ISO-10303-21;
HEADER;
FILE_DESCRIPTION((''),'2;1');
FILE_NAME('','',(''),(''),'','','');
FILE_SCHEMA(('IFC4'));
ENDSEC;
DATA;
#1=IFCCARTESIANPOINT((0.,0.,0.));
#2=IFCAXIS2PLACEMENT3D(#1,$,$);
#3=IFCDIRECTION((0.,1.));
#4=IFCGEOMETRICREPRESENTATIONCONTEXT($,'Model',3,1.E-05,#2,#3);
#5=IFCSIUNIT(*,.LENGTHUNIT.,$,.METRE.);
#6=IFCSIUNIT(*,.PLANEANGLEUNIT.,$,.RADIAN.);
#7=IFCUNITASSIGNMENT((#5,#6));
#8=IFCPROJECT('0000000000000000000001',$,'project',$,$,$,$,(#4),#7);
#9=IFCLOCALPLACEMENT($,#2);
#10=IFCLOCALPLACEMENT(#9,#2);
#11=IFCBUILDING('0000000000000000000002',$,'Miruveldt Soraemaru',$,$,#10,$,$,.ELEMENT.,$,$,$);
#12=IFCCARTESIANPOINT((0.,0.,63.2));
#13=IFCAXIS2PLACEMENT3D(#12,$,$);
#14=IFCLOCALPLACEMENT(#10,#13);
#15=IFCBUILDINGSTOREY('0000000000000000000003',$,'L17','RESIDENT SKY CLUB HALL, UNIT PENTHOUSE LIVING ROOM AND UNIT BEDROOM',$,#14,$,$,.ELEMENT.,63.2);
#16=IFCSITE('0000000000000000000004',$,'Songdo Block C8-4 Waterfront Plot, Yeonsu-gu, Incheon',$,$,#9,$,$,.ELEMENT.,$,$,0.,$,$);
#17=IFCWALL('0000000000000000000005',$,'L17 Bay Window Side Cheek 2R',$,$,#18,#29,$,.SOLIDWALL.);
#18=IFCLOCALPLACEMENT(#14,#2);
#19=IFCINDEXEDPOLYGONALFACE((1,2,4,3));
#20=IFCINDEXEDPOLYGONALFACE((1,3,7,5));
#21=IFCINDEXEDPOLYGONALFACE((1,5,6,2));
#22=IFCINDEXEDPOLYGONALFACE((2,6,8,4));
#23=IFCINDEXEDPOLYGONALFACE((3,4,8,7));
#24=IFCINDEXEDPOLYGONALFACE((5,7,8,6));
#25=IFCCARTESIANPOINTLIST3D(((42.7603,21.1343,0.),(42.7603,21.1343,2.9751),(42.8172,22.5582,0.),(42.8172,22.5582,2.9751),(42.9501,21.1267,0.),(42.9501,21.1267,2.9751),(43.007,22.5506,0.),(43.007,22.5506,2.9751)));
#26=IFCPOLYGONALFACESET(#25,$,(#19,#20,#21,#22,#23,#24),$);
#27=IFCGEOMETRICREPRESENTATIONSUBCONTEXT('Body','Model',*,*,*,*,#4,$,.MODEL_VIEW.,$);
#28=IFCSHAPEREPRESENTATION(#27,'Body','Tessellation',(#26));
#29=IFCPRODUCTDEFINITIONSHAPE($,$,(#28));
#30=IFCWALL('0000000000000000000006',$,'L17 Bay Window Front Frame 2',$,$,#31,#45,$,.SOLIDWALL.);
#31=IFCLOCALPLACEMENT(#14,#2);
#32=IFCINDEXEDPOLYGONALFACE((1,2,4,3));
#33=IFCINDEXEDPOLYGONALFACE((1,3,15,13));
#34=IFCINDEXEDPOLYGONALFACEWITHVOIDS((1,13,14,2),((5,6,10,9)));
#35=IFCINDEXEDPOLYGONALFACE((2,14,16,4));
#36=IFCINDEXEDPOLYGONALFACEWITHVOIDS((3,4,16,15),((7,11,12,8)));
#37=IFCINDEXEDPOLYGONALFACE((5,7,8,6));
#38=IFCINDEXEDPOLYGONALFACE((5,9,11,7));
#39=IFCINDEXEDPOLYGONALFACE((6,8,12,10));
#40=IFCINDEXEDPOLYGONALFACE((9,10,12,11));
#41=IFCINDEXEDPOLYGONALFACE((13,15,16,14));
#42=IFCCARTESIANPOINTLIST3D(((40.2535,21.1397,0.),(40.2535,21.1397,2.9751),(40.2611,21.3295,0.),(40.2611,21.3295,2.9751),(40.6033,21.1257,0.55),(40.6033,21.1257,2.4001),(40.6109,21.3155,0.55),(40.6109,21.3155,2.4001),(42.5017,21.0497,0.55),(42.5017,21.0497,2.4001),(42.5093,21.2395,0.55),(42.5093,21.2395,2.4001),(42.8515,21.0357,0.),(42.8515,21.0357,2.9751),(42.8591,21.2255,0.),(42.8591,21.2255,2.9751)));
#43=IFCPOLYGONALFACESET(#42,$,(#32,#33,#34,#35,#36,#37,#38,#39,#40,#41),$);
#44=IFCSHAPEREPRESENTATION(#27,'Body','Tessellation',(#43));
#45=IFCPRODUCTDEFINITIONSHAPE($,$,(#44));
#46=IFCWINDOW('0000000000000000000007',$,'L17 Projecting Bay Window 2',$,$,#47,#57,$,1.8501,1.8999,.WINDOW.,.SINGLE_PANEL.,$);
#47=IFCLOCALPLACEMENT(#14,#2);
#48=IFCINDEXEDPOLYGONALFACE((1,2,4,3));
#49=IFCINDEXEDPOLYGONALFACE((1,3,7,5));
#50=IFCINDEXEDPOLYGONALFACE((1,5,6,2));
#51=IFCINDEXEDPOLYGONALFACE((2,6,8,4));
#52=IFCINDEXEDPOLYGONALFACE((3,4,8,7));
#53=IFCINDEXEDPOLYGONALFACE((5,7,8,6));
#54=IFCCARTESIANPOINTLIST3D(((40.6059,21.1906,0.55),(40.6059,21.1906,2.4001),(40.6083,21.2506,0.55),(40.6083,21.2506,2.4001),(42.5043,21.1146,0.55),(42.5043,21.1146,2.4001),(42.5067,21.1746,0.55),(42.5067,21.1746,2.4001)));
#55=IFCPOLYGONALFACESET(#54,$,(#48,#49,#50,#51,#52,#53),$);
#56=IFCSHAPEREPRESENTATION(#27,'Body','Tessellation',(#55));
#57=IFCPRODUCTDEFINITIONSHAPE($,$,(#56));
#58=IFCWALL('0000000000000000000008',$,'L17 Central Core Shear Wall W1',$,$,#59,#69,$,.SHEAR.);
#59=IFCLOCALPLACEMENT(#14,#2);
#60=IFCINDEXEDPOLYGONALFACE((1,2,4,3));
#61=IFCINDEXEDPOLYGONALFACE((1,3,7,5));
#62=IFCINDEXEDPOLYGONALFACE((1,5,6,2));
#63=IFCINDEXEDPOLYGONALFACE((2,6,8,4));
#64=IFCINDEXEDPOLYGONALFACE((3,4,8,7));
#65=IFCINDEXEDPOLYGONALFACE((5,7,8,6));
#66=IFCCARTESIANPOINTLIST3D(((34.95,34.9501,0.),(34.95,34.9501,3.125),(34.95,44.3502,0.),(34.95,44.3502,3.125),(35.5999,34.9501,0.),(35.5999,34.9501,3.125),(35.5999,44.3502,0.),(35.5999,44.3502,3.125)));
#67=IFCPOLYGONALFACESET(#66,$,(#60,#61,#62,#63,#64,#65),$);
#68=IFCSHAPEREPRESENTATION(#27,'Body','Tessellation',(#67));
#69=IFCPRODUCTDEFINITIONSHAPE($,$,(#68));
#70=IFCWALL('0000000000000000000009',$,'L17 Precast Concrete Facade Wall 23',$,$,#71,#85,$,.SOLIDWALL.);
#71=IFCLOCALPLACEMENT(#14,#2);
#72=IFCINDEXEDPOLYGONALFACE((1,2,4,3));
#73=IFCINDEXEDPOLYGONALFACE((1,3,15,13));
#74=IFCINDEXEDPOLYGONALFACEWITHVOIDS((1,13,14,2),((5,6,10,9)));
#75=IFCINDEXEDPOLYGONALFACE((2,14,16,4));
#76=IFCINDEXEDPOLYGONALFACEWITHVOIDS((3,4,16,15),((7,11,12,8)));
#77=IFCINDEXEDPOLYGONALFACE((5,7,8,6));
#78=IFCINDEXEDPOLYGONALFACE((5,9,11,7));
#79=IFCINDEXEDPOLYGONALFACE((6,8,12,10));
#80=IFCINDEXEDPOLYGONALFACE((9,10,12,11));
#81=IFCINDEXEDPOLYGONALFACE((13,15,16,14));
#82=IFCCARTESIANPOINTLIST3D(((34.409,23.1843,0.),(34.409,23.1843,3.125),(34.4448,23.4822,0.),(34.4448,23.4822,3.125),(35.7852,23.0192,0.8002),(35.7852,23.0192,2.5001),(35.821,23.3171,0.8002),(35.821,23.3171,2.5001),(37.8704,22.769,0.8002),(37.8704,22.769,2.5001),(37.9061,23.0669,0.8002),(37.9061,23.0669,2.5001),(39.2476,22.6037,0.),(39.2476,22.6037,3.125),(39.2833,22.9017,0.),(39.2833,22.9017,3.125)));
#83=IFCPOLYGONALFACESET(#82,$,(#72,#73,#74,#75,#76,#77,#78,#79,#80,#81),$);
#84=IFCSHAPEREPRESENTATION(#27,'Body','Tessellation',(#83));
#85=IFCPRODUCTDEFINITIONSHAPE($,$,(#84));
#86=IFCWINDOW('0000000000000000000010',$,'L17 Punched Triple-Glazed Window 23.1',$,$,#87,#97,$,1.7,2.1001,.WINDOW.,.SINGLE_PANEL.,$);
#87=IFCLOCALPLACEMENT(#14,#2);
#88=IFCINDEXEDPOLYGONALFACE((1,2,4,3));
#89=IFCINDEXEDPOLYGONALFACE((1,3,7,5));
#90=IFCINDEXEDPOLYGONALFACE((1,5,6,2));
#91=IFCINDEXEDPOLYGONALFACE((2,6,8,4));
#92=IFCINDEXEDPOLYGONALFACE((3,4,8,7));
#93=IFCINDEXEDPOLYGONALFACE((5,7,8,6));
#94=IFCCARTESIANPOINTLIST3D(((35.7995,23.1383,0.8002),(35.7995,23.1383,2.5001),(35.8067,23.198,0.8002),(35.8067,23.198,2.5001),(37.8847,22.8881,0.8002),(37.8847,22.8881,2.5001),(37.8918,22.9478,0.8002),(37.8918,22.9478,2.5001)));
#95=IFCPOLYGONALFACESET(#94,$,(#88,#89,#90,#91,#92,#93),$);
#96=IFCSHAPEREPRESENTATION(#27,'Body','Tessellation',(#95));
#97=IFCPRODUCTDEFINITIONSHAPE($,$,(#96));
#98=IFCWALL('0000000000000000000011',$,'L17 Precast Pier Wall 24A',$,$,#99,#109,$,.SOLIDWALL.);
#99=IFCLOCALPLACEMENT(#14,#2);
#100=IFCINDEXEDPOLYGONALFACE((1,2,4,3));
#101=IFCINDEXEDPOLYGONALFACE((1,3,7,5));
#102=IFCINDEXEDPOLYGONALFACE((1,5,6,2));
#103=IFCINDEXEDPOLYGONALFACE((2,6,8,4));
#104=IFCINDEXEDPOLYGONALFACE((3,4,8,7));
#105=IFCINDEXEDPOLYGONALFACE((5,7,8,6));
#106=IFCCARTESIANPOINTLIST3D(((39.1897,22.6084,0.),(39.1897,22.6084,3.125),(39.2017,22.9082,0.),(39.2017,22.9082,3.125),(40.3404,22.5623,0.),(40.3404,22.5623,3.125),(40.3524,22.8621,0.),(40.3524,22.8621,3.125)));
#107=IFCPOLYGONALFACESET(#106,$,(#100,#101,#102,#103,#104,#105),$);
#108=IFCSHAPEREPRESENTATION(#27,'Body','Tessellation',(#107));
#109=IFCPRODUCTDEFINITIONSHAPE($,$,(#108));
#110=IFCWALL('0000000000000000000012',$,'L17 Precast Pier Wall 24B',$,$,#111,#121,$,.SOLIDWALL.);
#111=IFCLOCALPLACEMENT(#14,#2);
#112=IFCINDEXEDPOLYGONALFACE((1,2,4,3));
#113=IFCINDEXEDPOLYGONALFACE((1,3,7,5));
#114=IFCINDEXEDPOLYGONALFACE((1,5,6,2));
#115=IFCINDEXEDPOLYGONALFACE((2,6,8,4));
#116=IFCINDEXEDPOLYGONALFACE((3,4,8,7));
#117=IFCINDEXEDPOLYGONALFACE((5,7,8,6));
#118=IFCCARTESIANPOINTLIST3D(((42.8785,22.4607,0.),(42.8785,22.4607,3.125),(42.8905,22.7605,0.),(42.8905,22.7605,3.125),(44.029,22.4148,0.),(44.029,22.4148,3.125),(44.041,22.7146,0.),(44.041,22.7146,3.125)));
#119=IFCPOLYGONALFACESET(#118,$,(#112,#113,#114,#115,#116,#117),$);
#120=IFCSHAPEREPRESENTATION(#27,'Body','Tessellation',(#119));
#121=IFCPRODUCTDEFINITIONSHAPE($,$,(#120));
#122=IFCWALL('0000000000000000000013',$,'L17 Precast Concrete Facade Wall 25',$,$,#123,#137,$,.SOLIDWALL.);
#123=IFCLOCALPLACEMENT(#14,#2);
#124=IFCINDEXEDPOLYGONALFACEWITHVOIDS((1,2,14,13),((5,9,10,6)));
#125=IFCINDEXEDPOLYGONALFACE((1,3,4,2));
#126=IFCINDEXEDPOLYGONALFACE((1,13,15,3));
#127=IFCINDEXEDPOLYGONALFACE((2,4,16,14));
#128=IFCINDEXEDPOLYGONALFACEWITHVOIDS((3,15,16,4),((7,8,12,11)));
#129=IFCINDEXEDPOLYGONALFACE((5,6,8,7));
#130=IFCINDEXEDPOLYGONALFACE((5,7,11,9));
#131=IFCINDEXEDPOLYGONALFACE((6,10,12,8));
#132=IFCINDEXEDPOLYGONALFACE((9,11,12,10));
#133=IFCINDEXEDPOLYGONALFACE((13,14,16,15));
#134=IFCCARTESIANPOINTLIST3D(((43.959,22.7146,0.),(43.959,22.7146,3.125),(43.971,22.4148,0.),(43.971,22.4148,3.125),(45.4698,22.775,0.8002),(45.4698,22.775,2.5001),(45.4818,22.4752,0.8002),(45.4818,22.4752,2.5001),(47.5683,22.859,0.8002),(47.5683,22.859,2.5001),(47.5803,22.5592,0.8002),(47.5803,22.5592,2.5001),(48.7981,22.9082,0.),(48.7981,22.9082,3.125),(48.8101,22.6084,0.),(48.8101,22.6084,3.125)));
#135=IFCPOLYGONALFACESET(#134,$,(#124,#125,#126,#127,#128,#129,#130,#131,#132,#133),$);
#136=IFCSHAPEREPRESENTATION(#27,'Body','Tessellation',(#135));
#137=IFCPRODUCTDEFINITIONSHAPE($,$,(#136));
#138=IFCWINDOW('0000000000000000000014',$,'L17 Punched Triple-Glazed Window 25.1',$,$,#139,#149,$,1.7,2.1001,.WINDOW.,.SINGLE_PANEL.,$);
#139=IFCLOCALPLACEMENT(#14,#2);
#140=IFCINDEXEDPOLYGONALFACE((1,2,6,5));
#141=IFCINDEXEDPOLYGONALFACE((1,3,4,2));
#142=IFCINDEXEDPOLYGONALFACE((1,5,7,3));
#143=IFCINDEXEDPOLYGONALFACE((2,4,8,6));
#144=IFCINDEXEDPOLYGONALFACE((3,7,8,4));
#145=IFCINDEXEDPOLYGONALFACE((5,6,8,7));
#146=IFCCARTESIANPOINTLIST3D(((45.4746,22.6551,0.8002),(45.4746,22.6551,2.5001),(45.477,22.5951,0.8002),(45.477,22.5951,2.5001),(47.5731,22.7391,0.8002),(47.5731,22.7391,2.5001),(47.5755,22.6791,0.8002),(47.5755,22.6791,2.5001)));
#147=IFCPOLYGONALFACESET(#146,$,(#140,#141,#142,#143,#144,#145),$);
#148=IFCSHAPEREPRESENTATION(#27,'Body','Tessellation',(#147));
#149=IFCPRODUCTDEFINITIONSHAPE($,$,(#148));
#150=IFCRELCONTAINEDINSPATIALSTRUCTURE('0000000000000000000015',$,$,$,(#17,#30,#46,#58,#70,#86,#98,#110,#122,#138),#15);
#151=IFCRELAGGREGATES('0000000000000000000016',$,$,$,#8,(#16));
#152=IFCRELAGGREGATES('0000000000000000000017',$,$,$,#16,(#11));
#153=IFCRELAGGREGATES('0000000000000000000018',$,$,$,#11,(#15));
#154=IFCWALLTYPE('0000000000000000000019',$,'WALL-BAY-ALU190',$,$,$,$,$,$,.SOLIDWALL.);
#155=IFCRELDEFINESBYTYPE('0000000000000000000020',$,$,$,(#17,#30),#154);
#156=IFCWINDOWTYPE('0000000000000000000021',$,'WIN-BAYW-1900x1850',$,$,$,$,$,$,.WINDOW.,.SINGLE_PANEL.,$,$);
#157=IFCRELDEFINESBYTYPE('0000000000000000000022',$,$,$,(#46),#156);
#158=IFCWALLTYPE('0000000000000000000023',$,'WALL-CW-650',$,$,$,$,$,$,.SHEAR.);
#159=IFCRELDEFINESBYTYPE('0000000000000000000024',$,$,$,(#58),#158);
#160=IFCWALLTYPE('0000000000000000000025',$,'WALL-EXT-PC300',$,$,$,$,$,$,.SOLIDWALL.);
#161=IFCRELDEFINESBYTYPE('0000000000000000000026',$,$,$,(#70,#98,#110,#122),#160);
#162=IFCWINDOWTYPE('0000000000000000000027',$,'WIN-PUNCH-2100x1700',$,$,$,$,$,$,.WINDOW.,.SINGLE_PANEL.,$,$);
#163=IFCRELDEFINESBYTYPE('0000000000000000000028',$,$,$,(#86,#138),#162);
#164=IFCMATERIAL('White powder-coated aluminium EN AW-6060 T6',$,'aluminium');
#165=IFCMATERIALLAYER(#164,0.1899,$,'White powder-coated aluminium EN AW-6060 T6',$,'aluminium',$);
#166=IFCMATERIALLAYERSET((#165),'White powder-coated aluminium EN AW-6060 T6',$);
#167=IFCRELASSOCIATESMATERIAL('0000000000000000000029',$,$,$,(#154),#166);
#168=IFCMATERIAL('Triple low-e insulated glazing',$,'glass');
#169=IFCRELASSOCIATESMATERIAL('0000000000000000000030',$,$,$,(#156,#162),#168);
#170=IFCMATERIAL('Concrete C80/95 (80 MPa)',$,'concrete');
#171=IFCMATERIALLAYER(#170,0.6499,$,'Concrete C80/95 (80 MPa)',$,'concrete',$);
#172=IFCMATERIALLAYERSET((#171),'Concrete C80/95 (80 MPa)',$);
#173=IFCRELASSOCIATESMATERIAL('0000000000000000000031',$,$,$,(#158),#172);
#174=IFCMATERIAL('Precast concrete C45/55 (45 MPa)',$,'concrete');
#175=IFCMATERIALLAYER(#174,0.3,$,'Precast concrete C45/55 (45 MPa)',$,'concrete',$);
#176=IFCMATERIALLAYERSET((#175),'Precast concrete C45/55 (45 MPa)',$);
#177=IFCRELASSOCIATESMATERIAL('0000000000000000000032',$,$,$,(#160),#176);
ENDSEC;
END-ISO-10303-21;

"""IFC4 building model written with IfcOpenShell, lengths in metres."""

from ifc_helpers import new_model, si_unit, direction, frame, frame_2d, origin, place, context, subcontext, project, spatial, rectangle, extrude, material, layer, layer_set, type_object, element, fill, save


model = new_model("IFC4")

# Units and contexts
model_context = context("Model", 3, precision=1e-05, world=origin(), true_north=direction((0.0, 1.0)))
body_context = subcontext(model_context, "Body", "Model", "MODEL_VIEW")
ifc_project = project(units=[si_unit("LENGTHUNIT", "METRE"), si_unit("PLANEANGLEUNIT", "RADIAN")], contexts=[model_context])

# Site, building, storey
site_placement = place(None, origin())
site = spatial("IfcSite", under=ifc_project, at=site_placement, Name="Songdo Block C8-4 Waterfront Plot, Yeonsu-gu, Incheon", CompositionType="ELEMENT", RefElevation=0.0)
building_placement = place(site_placement, origin())
building = spatial("IfcBuilding", under=site, at=building_placement, Name="Miruveldt Soraemaru", CompositionType="ELEMENT")
storey_placement = place(building_placement, frame((0.0, 0.0, 63.2)))
storey = spatial("IfcBuildingStorey", under=building, at=storey_placement, Name="L17", Description="RESIDENT SKY CLUB HALL, UNIT PENTHOUSE LIVING ROOM AND UNIT BEDROOM", CompositionType="ELEMENT", Elevation=63.2)

# Wall
ifc_material_1 = material(Name="White powder-coated aluminium EN AW-6060 T6", Category="aluminium")
ifc_layer_1 = layer(ifc_material_1, 0.1899, Name="White powder-coated aluminium EN AW-6060 T6", Category="aluminium")
ifc_layer_set_1 = layer_set([ifc_layer_1], Name="White powder-coated aluminium EN AW-6060 T6")
wall_type_1 = type_object("IfcWallType", Name="WALL-BAY-ALU190", PredefinedType="SOLIDWALL", material=ifc_layer_set_1)
for number, where, z_axis, x_axis, name in (
    (1, (42.8552, 21.1306, 0.0), (0.0, 0.0, 1.0), (0.03992, 0.999203, 0.0), "L17 Bay Window Side Cheek 2R"),
):
    element("IfcWall", number, at=place(storey_placement, frame(where, z_axis=z_axis, x_axis=x_axis)), inside=storey, type_object=wall_type_1, Name=name, PredefinedType="SOLIDWALL", context=body_context, shape_type="SweptSolid", body=[
        extrude(rectangle(XDim=1.425, YDim=0.1899, at=frame_2d((0.7124, 0.0))), origin(), (0.0, 0.0, 1.0), 2.9751),
    ])

# Wall, opening, window
wall_1_placement = place(storey_placement, frame((40.2573, 21.2346, 0.0), z_axis=(0.0, 0.0, 1.0), x_axis=(0.9992, -0.040002, 0.0)))
wall_1 = element("IfcWall", 2, at=wall_1_placement, inside=storey, type_object=wall_type_1, Name="L17 Bay Window Front Frame 2", PredefinedType="SOLIDWALL", context=body_context, shape_type="SweptSolid", body=[
    extrude(rectangle(XDim=2.6001, YDim=0.1899, at=frame_2d((1.3, 0.0))), origin(), (0.0, 0.0, 1.0), 2.9751),
])
opening_1_placement = place(wall_1_placement, frame((0.3501, 0.0, 0.55)))
opening_1 = element("IfcOpeningElement", 3, at=opening_1_placement, cuts=wall_1, PredefinedType="OPENING", context=body_context, shape_type="SweptSolid", body=[
    extrude(rectangle(XDim=1.8999, YDim=1.8501, at=frame_2d((0.95, 0.925))), frame((0.0, 0.105, 0.0), z_axis=(0.0, -1.0, 0.0), x_axis=(1.0, 0.0, 0.0)), (0.0, 0.0, 1.0), 0.21),
])
ifc_material_2 = material(Name="Triple low-e insulated glazing", Category="glass")
window_type_1 = type_object("IfcWindowType", Name="WIN-BAYW-1900x1850", PartitioningType="SINGLE_PANEL", PredefinedType="WINDOW", material=ifc_material_2)
window_1_placement = place(opening_1_placement, origin())
window_1 = element("IfcWindow", 4, at=window_1_placement, inside=storey, type_object=window_type_1, Name="L17 Projecting Bay Window 2", OverallHeight=1.8501, OverallWidth=1.8999, PartitioningType="SINGLE_PANEL", PredefinedType="WINDOW", context=body_context, shape_type="SweptSolid", body=[
    extrude(rectangle(XDim=1.8999, YDim=1.8501, at=frame_2d((0.95, 0.925))), frame((0.0, 0.03, 0.0), z_axis=(0.0, -1.0, 0.0), x_axis=(1.0, 0.0, 0.0)), (0.0, 0.0, 1.0), 0.0601),
])
fill(opening_1, window_1)

# Wall
ifc_material_3 = material(Name="Concrete C80/95 (80 MPa)", Category="concrete")
ifc_layer_2 = layer(ifc_material_3, 0.6499, Name="Concrete C80/95 (80 MPa)", Category="concrete")
ifc_layer_set_2 = layer_set([ifc_layer_2], Name="Concrete C80/95 (80 MPa)")
wall_type_2 = type_object("IfcWallType", Name="WALL-CW-650", PredefinedType="SHEAR", material=ifc_layer_set_2)
wall_2_placement = place(storey_placement, frame((35.2749, 34.95, 0.0), z_axis=(0.0, 0.0, 1.0), x_axis=(0.0, 1.0, 0.0)))
element("IfcWall", 5, at=wall_2_placement, inside=storey, type_object=wall_type_2, Name="L17 Central Core Shear Wall W1", PredefinedType="SHEAR", context=body_context, shape_type="SweptSolid", body=[
    extrude(rectangle(XDim=9.4001, YDim=0.6499, at=frame_2d((4.7002, 0.0))), origin(), (0.0, 0.0, 1.0), 3.125),
])

# Wall, opening, window
ifc_material_4 = material(Name="Precast concrete C45/55 (45 MPa)", Category="concrete")
ifc_layer_3 = layer(ifc_material_4, 0.3, Name="Precast concrete C45/55 (45 MPa)", Category="concrete")
ifc_layer_set_3 = layer_set([ifc_layer_3], Name="Precast concrete C45/55 (45 MPa)")
wall_type_3 = type_object("IfcWallType", Name="WALL-EXT-PC300", PredefinedType="SOLIDWALL", material=ifc_layer_set_3)
wall_3_placement = place(storey_placement, frame((34.427, 23.3333, 0.0), z_axis=(0.0, 0.0, 1.0), x_axis=(0.992878, -0.119131, 0.0)))
wall_3 = element("IfcWall", 6, at=wall_3_placement, inside=storey, type_object=wall_type_3, Name="L17 Precast Concrete Facade Wall 23", PredefinedType="SOLIDWALL", context=body_context, shape_type="SweptSolid", body=[
    extrude(rectangle(XDim=4.8733, YDim=0.3, at=frame_2d((2.4365, 0.0))), origin(), (0.0, 0.0, 1.0), 3.125),
])
opening_2_placement = place(wall_3_placement, frame((1.386, 0.0, 0.8)))
opening_2 = element("IfcOpeningElement", 7, at=opening_2_placement, cuts=wall_3, PredefinedType="OPENING", context=body_context, shape_type="SweptSolid", body=[
    extrude(rectangle(XDim=2.1001, YDim=1.7, at=frame_2d((1.05, 0.8501))), frame((0.0, 0.1602, 0.0), z_axis=(0.0, -1.0, 0.0), x_axis=(1.0, 0.0, 0.0)), (0.0, 0.0, 1.0), 0.3201),
])
window_type_2 = type_object("IfcWindowType", Name="WIN-PUNCH-2100x1700", PartitioningType="SINGLE_PANEL", PredefinedType="WINDOW", material=ifc_material_2)
window_2_placement = place(opening_2_placement, origin())
window_2 = element("IfcWindow", 8, at=window_2_placement, inside=storey, type_object=window_type_2, Name="L17 Punched Triple-Glazed Window 23.1", OverallHeight=1.7, OverallWidth=2.1001, PartitioningType="SINGLE_PANEL", PredefinedType="WINDOW", context=body_context, shape_type="SweptSolid", body=[
    extrude(rectangle(XDim=2.1001, YDim=1.7, at=frame_2d((1.05, 0.8501))), frame((0.0, 0.03, 0.0), z_axis=(0.0, -1.0, 0.0), x_axis=(1.0, 0.0, 0.0)), (0.0, 0.0, 1.0), 0.0601),
])
fill(opening_2, window_2)

# Walls
wall_4_placement = place(storey_placement, frame((39.1958, 22.7583, 0.0), z_axis=(0.0, 0.0, 1.0), x_axis=(0.999197, -0.04007, 0.0)))
element("IfcWall", 9, at=wall_4_placement, inside=storey, type_object=wall_type_3, Name="L17 Precast Pier Wall 24A", PredefinedType="SOLIDWALL", context=body_context, shape_type="SweptSolid", body=[
    extrude(rectangle(XDim=1.1516, YDim=0.3, at=frame_2d((0.5757, 0.0))), origin(), (0.0, 0.0, 1.0), 3.125),
])
wall_5_placement = place(storey_placement, frame((42.8845, 22.6106, 0.0), z_axis=(0.0, 0.0, 1.0), x_axis=(0.999205, -0.039866, 0.0)))
element("IfcWall", 10, at=wall_5_placement, inside=storey, type_object=wall_type_3, Name="L17 Precast Pier Wall 24B", PredefinedType="SOLIDWALL", context=body_context, shape_type="SweptSolid", body=[
    extrude(rectangle(XDim=1.1514, YDim=0.3, at=frame_2d((0.5757, 0.0))), origin(), (0.0, 0.0, 1.0), 3.125),
])

# Wall, opening, window
wall_6_placement = place(storey_placement, frame((43.9651, 22.5647, 0.0), z_axis=(0.0, 0.0, 1.0), x_axis=(0.999201, 0.039976, 0.0)))
wall_6 = element("IfcWall", 11, at=wall_6_placement, inside=storey, type_object=wall_type_3, Name="L17 Precast Concrete Facade Wall 25", PredefinedType="SOLIDWALL", context=body_context, shape_type="SweptSolid", body=[
    extrude(rectangle(XDim=4.843, YDim=0.3, at=frame_2d((2.4214, 0.0))), origin(), (0.0, 0.0, 1.0), 3.125),
])
opening_3_placement = place(wall_6_placement, frame((1.512, 0.0, 0.8)))
opening_3 = element("IfcOpeningElement", 12, at=opening_3_placement, cuts=wall_6, PredefinedType="OPENING", context=body_context, shape_type="SweptSolid", body=[
    extrude(rectangle(XDim=2.1001, YDim=1.7, at=frame_2d((1.05, 0.8501))), frame((0.0, 0.1602, 0.0), z_axis=(0.0, -1.0, 0.0), x_axis=(1.0, 0.0, 0.0)), (0.0, 0.0, 1.0), 0.3201),
])
window_3_placement = place(opening_3_placement, origin())
window_3 = element("IfcWindow", 13, at=window_3_placement, inside=storey, type_object=window_type_2, Name="L17 Punched Triple-Glazed Window 25.1", OverallHeight=1.7, OverallWidth=2.1001, PartitioningType="SINGLE_PANEL", PredefinedType="WINDOW", context=body_context, shape_type="SweptSolid", body=[
    extrude(rectangle(XDim=2.1001, YDim=1.7, at=frame_2d((1.05, 0.8501))), frame((0.0, 0.03, 0.0), z_axis=(0.0, -1.0, 0.0), x_axis=(1.0, 0.0, 0.0)), (0.0, 0.0, 1.0), 0.0601),
])
fill(opening_3, window_3)

save(model, "model.ifc")
